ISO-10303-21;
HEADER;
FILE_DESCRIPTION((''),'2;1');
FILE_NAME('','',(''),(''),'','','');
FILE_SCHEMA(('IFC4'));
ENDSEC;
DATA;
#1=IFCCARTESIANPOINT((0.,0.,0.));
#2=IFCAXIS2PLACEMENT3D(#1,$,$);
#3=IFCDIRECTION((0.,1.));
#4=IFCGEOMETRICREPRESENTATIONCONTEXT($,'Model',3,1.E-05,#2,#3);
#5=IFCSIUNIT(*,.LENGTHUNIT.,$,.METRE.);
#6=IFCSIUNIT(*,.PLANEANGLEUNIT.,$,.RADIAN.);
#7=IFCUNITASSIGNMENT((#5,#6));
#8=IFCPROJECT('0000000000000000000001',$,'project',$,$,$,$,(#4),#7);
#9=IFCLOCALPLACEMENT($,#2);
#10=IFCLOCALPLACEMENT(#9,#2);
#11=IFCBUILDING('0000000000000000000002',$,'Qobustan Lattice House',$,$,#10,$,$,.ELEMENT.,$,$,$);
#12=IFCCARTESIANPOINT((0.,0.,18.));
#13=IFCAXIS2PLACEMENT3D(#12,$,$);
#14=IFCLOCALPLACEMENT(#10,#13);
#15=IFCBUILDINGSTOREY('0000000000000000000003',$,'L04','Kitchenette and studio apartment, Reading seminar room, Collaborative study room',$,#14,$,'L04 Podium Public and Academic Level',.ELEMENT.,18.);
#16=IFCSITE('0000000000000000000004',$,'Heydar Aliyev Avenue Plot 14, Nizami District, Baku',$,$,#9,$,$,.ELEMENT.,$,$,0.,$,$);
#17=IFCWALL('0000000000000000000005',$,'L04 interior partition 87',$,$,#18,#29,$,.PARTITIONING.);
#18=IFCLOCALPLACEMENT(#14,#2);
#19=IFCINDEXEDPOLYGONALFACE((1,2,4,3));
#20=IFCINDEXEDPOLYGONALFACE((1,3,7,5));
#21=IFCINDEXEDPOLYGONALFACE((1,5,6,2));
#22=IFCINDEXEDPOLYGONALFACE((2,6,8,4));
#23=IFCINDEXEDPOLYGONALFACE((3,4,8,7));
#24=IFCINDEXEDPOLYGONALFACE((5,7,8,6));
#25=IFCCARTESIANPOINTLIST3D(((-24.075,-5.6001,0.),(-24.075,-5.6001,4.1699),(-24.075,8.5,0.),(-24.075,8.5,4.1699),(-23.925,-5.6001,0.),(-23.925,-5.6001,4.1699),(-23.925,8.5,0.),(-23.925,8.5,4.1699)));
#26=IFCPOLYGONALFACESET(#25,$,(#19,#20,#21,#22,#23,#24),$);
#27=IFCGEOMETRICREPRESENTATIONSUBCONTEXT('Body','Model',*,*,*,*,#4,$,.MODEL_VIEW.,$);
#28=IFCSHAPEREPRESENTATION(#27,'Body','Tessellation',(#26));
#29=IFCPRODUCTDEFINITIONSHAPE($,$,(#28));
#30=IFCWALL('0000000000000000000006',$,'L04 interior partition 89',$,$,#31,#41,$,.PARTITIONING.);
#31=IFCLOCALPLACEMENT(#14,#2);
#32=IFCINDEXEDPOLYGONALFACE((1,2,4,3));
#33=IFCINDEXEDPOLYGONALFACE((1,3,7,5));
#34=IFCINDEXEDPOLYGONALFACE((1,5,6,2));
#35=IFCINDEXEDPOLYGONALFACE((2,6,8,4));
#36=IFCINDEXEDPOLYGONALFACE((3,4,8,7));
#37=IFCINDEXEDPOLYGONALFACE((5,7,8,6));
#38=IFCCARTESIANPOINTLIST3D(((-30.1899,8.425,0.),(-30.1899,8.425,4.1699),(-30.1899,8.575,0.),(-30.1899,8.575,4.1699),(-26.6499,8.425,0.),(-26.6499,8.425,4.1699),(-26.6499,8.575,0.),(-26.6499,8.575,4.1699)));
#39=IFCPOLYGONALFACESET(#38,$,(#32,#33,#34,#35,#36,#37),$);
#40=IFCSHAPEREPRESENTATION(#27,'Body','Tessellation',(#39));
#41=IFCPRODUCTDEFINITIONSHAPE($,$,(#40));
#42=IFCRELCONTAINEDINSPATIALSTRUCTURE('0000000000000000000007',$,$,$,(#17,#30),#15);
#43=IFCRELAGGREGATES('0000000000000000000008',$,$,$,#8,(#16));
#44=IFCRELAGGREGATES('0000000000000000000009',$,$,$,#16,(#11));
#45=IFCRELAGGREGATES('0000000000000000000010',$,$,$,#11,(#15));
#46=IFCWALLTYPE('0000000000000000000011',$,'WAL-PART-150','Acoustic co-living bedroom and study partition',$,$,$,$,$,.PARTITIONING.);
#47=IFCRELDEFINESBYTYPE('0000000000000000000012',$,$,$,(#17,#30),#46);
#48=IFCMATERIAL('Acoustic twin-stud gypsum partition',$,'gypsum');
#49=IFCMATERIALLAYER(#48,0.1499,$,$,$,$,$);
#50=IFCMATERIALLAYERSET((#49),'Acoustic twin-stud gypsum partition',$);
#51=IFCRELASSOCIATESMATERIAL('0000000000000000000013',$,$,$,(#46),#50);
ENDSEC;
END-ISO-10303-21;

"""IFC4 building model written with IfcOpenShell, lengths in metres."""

from ifc_helpers import new_model, si_unit, direction, frame, frame_2d, origin, place, context, subcontext, project, spatial, rectangle, extrude, material, layer, layer_set, type_object, element, save


model = new_model("IFC4")

# Units and contexts
model_context = context("Model", 3, precision=1e-05, world=origin(), true_north=direction((0.0, 1.0)))
body_context = subcontext(model_context, "Body", "Model", "MODEL_VIEW")
ifc_project = project(units=[si_unit("LENGTHUNIT", "METRE"), si_unit("PLANEANGLEUNIT", "RADIAN")], contexts=[model_context])

# Site, building, storey
site_placement = place(None, origin())
site = spatial("IfcSite", under=ifc_project, at=site_placement, Name="Heydar Aliyev Avenue Plot 14, Nizami District, Baku", CompositionType="ELEMENT", RefElevation=0.0)
building_placement = place(site_placement, origin())
building = spatial("IfcBuilding", under=site, at=building_placement, Name="Qobustan Lattice House", CompositionType="ELEMENT")
storey_placement = place(building_placement, frame((0.0, 0.0, 18.0)))
storey = spatial("IfcBuildingStorey", under=building, at=storey_placement, Name="L04", Description="Kitchenette and studio apartment, Reading seminar room, Collaborative study room", LongName="L04 Podium Public and Academic Level", CompositionType="ELEMENT", Elevation=18.0)

# Shared definitions
ifc_material_1 = material(Name="Acoustic twin-stud gypsum partition", Category="gypsum")
ifc_layer_1 = layer(ifc_material_1, 0.1499)
ifc_layer_set_1 = layer_set([ifc_layer_1], Name="Acoustic twin-stud gypsum partition")
wall_type_1 = type_object("IfcWallType", Name="WAL-PART-150", Description="Acoustic co-living bedroom and study partition", PredefinedType="PARTITIONING", material=ifc_layer_set_1)

# Walls
wall_1_placement = place(storey_placement, frame((-24.0, 8.5, 0.0), z_axis=(0.0, 0.0, 1.0), x_axis=(0.0, -1.0, 0.0)))
element("IfcWall", 1, at=wall_1_placement, inside=storey, type_object=wall_type_1, Name="L04 interior partition 87", PredefinedType="PARTITIONING", context=body_context, shape_type="SweptSolid", body=[
    extrude(rectangle(XDim=14.1001, YDim=0.1499, at=frame_2d((7.05, 0.0))), origin(), (0.0, 0.0, 1.0), 4.1699),
])
wall_2_placement = place(storey_placement, frame((-26.6499, 8.5, 0.0), z_axis=(0.0, 0.0, 1.0), x_axis=(-1.0, 0.0, 0.0)))
element("IfcWall", 2, at=wall_2_placement, inside=storey, type_object=wall_type_1, Name="L04 interior partition 89", PredefinedType="PARTITIONING", context=body_context, shape_type="SweptSolid", body=[
    extrude(rectangle(XDim=3.54, YDim=0.1499, at=frame_2d((1.77, 0.0))), origin(), (0.0, 0.0, 1.0), 4.1699),
])

save(model, "model.ifc")
